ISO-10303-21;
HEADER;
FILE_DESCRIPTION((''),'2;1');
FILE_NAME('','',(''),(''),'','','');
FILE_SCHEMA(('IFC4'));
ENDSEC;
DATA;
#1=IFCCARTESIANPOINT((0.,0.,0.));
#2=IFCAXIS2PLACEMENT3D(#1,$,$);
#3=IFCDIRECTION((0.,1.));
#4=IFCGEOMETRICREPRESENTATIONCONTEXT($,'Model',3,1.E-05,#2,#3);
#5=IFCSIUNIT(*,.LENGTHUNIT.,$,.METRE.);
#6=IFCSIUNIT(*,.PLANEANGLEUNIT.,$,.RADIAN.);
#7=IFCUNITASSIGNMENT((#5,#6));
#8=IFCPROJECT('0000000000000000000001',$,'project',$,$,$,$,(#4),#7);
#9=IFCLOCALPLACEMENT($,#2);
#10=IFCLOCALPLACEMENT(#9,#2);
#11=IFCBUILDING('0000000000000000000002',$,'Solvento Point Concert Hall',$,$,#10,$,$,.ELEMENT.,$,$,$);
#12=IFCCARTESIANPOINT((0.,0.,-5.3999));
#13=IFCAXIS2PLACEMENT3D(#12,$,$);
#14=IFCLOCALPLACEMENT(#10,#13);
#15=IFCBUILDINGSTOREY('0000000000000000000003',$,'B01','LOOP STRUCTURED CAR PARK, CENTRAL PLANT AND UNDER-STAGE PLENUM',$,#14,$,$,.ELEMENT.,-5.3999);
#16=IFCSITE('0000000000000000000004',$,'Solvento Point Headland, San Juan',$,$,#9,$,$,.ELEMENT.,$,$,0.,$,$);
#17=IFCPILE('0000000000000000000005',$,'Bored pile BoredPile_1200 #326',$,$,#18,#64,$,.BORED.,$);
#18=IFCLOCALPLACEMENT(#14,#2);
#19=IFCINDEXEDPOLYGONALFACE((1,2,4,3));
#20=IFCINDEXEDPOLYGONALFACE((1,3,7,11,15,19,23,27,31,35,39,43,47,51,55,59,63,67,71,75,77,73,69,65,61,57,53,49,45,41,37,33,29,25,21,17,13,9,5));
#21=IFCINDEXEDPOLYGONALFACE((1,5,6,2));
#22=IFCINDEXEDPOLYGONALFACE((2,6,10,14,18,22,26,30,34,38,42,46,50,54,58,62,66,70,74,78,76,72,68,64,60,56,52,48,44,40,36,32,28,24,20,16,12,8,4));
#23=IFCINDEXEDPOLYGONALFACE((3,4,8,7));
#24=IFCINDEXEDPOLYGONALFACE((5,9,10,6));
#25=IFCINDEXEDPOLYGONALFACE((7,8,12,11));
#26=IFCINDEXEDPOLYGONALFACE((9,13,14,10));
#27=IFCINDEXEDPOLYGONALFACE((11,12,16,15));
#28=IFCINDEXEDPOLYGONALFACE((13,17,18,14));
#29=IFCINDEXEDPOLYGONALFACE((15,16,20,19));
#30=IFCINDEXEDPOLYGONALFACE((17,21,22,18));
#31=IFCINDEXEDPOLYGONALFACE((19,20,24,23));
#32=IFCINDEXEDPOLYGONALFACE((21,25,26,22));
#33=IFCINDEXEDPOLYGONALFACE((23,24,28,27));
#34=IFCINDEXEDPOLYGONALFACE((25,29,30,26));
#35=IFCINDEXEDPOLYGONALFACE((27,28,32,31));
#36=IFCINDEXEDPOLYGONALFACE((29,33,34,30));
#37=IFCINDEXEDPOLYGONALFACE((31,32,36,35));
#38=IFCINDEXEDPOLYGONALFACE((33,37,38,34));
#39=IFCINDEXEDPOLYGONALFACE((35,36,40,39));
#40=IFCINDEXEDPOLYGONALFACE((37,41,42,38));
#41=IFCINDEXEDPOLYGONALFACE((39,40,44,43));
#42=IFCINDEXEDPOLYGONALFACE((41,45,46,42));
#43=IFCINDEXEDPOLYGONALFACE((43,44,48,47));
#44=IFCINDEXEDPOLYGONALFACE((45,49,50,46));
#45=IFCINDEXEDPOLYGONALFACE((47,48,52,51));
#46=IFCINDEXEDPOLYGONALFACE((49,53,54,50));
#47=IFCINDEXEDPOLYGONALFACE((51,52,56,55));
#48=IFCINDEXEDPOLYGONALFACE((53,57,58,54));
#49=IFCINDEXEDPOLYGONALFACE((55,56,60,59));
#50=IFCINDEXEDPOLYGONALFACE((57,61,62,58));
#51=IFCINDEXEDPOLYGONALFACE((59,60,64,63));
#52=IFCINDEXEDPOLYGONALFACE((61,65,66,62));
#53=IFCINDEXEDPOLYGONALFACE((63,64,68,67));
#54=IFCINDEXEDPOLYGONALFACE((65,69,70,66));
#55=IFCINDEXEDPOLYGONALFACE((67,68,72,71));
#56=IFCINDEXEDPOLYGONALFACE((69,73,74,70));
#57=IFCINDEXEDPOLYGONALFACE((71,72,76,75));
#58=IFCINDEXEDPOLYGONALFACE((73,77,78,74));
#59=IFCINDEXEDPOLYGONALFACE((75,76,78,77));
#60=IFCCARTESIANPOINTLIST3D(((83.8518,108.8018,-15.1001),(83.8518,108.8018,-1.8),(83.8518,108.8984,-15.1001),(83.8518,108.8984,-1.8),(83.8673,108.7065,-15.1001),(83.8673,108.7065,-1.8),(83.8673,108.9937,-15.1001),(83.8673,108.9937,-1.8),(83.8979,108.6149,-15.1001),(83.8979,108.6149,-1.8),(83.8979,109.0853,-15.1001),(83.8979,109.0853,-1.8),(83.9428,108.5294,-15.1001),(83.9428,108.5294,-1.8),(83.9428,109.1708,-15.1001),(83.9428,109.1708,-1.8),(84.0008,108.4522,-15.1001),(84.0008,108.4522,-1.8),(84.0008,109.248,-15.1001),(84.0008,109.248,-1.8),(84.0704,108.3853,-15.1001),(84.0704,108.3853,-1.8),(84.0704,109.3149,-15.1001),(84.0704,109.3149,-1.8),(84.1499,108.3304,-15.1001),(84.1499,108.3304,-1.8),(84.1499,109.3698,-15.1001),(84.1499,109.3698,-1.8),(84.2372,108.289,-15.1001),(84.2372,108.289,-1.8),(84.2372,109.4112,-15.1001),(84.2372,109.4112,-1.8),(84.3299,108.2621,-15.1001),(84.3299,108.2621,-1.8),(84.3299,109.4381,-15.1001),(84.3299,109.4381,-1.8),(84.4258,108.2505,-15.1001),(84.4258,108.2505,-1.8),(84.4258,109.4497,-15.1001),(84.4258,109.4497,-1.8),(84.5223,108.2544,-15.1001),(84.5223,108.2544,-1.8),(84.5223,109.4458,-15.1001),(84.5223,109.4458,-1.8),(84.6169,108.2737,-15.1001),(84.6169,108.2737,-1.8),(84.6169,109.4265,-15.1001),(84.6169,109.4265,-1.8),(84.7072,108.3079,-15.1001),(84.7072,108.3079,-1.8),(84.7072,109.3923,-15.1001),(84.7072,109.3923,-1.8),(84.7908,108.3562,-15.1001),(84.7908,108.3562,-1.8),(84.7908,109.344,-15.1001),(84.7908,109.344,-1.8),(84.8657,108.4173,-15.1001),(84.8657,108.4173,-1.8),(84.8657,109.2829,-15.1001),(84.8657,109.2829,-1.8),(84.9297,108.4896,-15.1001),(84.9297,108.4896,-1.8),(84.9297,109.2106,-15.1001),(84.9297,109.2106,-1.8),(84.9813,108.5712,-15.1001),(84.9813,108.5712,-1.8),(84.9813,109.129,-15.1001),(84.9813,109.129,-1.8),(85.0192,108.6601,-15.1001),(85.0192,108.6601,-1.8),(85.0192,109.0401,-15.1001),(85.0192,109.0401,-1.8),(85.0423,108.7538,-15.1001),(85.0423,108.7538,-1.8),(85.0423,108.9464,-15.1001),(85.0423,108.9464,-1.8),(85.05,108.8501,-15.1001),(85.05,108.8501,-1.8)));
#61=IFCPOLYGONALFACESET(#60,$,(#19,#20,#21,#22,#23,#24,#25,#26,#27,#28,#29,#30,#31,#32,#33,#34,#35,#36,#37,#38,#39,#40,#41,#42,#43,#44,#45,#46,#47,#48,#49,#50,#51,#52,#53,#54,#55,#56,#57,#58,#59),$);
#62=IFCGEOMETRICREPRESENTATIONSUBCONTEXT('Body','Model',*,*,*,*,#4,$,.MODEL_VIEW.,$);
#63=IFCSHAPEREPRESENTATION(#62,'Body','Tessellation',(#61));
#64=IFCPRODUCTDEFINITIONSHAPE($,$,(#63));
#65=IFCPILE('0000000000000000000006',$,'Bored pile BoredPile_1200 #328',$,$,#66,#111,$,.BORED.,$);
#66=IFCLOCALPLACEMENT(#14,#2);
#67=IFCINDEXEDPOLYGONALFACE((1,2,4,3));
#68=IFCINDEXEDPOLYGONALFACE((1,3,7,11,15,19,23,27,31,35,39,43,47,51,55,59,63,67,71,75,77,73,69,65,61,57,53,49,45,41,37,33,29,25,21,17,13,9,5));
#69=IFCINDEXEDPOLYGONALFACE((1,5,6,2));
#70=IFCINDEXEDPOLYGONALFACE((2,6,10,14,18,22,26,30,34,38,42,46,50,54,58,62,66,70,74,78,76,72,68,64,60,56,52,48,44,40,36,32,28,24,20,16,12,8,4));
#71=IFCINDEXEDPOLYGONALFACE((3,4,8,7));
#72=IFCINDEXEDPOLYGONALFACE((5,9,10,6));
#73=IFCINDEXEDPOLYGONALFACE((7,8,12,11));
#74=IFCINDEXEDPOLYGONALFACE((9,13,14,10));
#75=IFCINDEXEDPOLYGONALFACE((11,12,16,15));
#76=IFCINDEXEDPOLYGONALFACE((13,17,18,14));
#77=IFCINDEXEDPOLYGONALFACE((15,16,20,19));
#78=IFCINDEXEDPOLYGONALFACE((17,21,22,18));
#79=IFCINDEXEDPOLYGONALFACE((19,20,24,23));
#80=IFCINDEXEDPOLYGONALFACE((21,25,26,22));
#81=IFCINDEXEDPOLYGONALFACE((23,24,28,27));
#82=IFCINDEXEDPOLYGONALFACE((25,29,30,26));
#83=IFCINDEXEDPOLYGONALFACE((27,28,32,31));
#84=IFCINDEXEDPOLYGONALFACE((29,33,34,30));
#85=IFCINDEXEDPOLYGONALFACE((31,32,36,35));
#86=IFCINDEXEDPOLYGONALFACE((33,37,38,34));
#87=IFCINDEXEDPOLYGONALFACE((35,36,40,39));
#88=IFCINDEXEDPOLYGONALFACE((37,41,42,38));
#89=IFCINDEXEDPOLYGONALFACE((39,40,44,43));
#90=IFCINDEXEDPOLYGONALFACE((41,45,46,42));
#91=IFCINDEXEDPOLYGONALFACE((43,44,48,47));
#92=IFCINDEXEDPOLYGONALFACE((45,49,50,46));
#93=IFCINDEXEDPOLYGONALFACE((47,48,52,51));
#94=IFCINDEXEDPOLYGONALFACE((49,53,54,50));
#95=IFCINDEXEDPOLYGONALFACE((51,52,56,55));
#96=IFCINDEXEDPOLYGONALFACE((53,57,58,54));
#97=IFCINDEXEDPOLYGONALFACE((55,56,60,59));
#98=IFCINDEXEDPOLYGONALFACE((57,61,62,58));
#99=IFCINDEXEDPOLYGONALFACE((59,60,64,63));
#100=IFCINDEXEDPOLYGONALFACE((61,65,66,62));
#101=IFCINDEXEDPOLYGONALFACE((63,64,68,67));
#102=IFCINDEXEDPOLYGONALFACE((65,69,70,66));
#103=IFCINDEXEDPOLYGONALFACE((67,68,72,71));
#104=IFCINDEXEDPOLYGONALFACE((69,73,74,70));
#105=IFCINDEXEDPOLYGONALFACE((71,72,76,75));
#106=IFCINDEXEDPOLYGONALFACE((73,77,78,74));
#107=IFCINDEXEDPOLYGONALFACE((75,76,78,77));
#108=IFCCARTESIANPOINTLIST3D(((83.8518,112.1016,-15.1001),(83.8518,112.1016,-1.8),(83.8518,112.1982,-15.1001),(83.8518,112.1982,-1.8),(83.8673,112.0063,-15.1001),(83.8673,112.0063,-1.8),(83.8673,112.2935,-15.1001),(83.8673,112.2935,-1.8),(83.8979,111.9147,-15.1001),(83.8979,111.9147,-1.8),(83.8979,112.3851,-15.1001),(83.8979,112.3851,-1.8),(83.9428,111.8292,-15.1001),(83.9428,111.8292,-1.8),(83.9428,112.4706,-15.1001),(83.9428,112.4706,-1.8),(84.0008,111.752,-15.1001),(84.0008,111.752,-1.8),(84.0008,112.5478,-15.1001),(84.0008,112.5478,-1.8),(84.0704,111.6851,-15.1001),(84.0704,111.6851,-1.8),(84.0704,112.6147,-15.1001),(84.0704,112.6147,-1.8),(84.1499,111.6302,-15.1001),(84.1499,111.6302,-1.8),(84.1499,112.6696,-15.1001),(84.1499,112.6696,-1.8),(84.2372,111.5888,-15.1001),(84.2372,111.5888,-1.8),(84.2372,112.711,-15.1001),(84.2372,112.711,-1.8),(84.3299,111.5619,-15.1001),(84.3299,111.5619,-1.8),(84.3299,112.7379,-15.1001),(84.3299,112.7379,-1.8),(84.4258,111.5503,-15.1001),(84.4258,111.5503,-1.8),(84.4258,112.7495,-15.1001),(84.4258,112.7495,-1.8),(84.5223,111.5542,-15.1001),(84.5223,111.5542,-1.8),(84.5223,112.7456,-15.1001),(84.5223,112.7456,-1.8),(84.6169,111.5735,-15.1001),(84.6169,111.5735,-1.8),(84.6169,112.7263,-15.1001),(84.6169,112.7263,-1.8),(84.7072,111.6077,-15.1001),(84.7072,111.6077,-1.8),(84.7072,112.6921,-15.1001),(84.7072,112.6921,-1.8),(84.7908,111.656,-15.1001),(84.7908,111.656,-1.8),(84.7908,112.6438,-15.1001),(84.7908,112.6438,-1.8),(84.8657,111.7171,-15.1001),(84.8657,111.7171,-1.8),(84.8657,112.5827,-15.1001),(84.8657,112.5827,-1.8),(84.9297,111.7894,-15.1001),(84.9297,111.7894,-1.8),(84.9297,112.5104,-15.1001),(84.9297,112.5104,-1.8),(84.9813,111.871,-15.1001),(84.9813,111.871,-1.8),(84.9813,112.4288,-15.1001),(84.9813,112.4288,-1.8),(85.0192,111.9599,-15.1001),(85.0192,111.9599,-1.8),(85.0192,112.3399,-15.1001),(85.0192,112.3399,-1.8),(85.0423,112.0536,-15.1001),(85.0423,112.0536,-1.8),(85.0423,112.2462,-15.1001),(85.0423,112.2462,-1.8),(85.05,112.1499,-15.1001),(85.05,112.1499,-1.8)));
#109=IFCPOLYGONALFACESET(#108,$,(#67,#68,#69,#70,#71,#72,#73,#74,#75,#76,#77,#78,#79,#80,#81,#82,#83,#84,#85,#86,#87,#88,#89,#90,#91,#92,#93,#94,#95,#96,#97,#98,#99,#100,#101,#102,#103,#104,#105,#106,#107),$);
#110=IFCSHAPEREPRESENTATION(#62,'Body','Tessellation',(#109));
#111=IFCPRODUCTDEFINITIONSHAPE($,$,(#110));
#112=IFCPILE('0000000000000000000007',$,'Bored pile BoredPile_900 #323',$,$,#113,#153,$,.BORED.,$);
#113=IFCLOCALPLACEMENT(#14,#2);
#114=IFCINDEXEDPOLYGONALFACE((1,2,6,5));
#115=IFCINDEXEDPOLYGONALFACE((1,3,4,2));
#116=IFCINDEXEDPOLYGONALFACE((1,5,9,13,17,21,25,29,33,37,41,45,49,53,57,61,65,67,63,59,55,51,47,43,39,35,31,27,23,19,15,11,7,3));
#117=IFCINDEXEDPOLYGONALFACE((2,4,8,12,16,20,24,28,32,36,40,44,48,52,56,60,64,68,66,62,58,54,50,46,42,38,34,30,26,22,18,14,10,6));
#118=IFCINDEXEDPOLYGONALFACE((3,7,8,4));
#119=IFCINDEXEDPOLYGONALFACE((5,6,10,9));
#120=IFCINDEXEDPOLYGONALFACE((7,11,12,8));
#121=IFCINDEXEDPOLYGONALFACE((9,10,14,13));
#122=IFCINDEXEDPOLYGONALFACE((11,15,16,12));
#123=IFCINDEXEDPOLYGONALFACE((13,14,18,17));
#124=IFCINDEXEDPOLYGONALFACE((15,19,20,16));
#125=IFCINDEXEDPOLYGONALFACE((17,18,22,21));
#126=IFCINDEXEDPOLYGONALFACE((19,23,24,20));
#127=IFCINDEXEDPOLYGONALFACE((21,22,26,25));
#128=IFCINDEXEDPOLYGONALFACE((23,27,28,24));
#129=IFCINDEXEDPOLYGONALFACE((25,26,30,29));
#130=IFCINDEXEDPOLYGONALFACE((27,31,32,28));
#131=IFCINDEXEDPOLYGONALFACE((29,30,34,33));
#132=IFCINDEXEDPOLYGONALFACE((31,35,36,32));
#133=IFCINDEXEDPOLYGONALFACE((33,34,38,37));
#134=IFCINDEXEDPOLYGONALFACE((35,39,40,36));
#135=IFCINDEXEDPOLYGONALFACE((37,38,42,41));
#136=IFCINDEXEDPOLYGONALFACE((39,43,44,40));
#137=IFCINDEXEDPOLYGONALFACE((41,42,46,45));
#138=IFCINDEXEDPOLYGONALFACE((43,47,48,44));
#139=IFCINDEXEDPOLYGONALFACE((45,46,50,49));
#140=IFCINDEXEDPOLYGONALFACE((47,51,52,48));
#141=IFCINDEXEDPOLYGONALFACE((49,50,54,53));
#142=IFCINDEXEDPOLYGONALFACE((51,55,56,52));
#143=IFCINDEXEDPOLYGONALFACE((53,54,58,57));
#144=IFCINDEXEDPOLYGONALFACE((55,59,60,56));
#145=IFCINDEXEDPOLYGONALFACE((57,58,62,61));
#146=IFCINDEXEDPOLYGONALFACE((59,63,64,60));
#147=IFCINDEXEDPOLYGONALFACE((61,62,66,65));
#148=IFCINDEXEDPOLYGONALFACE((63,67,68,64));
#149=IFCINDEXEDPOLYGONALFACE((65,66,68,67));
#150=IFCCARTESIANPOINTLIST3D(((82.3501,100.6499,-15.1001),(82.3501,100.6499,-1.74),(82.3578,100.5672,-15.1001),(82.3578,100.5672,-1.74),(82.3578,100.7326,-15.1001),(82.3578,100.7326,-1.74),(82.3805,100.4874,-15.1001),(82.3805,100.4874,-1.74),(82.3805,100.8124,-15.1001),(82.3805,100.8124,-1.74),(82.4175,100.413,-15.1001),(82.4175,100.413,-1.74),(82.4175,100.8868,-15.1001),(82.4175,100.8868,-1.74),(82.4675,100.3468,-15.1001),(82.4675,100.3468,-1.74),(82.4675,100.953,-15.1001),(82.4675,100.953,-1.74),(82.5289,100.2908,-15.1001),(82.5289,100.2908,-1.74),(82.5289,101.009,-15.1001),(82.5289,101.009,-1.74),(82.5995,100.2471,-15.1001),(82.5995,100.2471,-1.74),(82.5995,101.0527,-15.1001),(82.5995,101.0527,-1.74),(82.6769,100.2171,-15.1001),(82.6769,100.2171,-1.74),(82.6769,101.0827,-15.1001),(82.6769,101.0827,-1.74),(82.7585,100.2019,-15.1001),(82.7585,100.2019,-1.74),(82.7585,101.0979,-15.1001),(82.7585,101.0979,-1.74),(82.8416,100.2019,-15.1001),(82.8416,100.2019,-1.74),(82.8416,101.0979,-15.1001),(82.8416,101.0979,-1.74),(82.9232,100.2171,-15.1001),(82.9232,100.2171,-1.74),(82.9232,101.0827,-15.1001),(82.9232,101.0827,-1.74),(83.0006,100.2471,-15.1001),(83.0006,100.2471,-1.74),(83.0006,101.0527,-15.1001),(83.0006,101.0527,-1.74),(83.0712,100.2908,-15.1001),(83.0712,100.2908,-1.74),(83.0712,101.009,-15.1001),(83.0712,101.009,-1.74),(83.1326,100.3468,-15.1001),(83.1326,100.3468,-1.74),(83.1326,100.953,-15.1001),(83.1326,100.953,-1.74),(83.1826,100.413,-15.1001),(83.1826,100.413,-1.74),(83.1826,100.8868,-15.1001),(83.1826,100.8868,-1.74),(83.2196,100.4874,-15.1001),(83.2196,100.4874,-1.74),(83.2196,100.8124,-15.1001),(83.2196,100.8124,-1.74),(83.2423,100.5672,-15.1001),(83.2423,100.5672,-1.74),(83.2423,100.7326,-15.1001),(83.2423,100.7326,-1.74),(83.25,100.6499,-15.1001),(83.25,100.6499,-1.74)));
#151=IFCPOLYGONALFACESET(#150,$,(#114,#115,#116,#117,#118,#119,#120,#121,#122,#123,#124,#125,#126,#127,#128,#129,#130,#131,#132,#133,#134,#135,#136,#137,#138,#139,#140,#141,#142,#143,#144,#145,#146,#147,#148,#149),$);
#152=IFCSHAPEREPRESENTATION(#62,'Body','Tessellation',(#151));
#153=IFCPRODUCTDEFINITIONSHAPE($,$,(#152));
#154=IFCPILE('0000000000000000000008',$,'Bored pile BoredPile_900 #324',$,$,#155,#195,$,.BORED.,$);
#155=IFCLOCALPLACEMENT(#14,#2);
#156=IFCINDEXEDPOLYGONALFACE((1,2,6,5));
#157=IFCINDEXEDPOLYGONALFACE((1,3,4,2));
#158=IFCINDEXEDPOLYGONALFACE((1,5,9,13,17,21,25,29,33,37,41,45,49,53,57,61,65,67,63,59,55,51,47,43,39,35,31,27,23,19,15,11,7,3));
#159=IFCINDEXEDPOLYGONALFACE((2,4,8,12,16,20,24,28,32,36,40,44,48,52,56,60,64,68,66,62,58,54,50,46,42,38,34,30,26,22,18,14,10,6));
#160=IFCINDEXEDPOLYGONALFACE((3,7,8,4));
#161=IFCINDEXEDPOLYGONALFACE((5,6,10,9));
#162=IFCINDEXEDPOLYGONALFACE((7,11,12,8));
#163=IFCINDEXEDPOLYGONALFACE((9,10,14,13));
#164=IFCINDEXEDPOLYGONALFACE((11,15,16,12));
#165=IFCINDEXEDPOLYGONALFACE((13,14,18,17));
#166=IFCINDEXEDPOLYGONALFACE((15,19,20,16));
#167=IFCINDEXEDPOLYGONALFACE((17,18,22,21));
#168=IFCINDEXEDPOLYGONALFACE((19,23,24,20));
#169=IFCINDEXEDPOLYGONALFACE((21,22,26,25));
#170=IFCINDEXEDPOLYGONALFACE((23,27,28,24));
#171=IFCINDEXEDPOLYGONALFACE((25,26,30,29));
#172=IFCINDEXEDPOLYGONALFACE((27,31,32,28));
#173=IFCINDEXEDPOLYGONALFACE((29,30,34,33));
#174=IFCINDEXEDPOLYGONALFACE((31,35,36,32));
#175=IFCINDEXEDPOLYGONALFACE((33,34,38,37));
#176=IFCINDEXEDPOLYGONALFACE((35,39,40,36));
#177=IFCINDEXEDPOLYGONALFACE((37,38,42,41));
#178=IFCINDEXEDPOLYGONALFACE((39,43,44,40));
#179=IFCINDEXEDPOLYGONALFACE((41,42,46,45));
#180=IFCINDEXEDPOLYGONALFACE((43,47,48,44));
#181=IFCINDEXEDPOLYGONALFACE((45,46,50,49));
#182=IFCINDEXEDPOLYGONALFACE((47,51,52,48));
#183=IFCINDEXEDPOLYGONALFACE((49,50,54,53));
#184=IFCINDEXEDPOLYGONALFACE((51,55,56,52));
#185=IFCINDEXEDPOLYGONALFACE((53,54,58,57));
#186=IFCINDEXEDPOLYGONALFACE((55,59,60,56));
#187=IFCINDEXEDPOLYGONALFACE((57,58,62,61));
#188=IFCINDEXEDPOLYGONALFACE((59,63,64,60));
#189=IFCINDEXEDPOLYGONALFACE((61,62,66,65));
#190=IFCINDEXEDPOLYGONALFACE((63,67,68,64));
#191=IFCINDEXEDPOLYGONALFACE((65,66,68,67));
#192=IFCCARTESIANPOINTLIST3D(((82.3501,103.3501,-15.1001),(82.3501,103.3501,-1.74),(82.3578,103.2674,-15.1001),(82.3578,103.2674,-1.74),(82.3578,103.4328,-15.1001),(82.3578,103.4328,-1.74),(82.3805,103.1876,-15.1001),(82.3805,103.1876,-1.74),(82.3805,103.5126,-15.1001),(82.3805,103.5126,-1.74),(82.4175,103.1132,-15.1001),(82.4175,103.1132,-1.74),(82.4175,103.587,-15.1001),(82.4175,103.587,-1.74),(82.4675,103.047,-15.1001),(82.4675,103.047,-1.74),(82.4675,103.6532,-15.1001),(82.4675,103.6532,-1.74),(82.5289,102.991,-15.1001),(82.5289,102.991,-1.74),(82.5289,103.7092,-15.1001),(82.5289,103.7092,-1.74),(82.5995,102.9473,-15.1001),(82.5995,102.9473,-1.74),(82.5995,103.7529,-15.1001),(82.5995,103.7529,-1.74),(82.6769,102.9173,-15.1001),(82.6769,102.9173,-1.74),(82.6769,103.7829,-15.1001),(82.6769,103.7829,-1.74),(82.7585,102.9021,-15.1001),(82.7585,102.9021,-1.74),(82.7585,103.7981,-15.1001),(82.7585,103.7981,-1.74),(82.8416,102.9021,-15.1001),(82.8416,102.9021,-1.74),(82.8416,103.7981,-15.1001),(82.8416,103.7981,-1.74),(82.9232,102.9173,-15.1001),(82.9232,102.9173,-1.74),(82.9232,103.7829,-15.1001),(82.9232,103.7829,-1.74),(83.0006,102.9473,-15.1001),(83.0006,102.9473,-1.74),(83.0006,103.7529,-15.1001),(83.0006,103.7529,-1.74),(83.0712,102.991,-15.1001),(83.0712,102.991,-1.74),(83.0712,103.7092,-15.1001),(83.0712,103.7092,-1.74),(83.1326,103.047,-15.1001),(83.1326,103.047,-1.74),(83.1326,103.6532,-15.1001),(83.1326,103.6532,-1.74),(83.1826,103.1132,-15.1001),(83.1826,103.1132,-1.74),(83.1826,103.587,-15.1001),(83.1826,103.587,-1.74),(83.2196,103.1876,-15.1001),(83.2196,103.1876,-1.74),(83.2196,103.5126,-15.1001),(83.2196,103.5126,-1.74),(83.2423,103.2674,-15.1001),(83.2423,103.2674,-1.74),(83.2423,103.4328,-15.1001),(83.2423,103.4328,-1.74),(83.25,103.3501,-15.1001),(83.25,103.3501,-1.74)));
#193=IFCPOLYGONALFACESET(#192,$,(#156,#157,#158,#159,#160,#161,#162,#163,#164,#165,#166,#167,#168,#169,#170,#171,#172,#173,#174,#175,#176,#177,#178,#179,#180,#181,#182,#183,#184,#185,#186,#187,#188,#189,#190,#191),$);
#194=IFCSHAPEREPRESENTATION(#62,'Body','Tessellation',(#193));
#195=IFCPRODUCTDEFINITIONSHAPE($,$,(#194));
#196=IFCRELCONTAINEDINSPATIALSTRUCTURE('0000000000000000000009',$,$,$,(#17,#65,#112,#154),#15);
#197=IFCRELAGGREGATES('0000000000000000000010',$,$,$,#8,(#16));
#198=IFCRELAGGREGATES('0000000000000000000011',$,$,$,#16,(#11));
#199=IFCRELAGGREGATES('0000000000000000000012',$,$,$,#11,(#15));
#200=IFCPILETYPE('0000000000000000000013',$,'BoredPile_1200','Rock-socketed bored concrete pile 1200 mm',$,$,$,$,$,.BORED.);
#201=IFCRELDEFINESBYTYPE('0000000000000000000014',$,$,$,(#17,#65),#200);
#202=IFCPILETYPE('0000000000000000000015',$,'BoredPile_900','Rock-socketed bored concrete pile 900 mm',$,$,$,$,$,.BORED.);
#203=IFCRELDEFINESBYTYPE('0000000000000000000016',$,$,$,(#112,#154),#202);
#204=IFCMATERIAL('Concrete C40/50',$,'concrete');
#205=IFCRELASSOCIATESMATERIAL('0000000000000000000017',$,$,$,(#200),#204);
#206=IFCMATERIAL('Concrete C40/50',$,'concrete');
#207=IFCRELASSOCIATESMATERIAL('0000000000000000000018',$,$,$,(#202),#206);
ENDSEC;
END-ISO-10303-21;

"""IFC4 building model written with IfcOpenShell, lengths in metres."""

from ifc_helpers import new_model, si_unit, direction, frame, origin, origin_2d, place, context, subcontext, project, spatial, circle, extrude, material, material_profile, profile_set, type_object, element, save


model = new_model("IFC4")

# Units and contexts
model_context = context("Model", 3, precision=1e-05, world=origin(), true_north=direction((0.0, 1.0)))
body_context = subcontext(model_context, "Body", "Model", "MODEL_VIEW")
ifc_project = project(units=[si_unit("LENGTHUNIT", "METRE"), si_unit("PLANEANGLEUNIT", "RADIAN")], contexts=[model_context])

# Site, building, storey
site_placement = place(None, origin())
site = spatial("IfcSite", under=ifc_project, at=site_placement, Name="Solvento Point Headland, San Juan", CompositionType="ELEMENT", RefElevation=0.0)
building_placement = place(site_placement, origin())
building = spatial("IfcBuilding", under=site, at=building_placement, Name="Solvento Point Concert Hall", CompositionType="ELEMENT")
storey_placement = place(building_placement, frame((0.0, 0.0, -5.3999)))
storey = spatial("IfcBuildingStorey", under=building, at=storey_placement, Name="B01", Description="LOOP STRUCTURED CAR PARK, CENTRAL PLANT AND UNDER-STAGE PLENUM", CompositionType="ELEMENT", Elevation=-5.3999)

# Piles
ifc_material_1 = material(Name="Concrete C40/50", Category="concrete")
ifc_material_profile_1 = material_profile(ifc_material_1, circle(Radius=0.6001, at=origin_2d()), Name="BP-1200")
ifc_profile_set_1 = profile_set([ifc_material_profile_1], Name="Concrete C40/50")
pile_type_1 = type_object("IfcPileType", Name="BoredPile_1200", Description="Rock-socketed bored concrete pile 1200 mm", PredefinedType="BORED", material=ifc_profile_set_1)
for number, where, z_axis, x_axis, name in (
    (1, (84.45, 108.8501, -1.8), (0.0, 0.0, -1.0), (1.0, 0.0, 0.0), "Bored pile BoredPile_1200 #326"),
    (2, (84.45, 112.1499, -1.8), (0.0, 0.0, -1.0), (1.0, 0.0, 0.0), "Bored pile BoredPile_1200 #328"),
):
    element("IfcPile", number, at=place(storey_placement, frame(where, z_axis=z_axis, x_axis=x_axis)), inside=storey, type_object=pile_type_1, Name=name, PredefinedType="BORED", context=body_context, shape_type="SweptSolid", body=[
        extrude(circle(Radius=0.6001, at=origin_2d()), origin(), (0.0, 0.0, 1.0), 13.3),
    ])
ifc_material_2 = material(Name="Concrete C40/50", Category="concrete")
ifc_material_profile_2 = material_profile(ifc_material_2, circle(Radius=0.45, at=origin_2d()), Name="BP-900")
ifc_profile_set_2 = profile_set([ifc_material_profile_2], Name="Concrete C40/50")
pile_type_2 = type_object("IfcPileType", Name="BoredPile_900", Description="Rock-socketed bored concrete pile 900 mm", PredefinedType="BORED", material=ifc_profile_set_2)
for number, where, z_axis, x_axis, name in (
    (3, (82.8, 100.6499, -1.74), (0.0, 0.0, -1.0), (1.0, 0.0, 0.0), "Bored pile BoredPile_900 #323"),
    (4, (82.8, 103.3501, -1.74), (0.0, 0.0, -1.0), (1.0, 0.0, 0.0), "Bored pile BoredPile_900 #324"),
):
    element("IfcPile", number, at=place(storey_placement, frame(where, z_axis=z_axis, x_axis=x_axis)), inside=storey, type_object=pile_type_2, Name=name, PredefinedType="BORED", context=body_context, shape_type="SweptSolid", body=[
        extrude(circle(Radius=0.45, at=origin_2d()), origin(), (0.0, 0.0, 1.0), 13.3601),
    ])

save(model, "model.ifc")
